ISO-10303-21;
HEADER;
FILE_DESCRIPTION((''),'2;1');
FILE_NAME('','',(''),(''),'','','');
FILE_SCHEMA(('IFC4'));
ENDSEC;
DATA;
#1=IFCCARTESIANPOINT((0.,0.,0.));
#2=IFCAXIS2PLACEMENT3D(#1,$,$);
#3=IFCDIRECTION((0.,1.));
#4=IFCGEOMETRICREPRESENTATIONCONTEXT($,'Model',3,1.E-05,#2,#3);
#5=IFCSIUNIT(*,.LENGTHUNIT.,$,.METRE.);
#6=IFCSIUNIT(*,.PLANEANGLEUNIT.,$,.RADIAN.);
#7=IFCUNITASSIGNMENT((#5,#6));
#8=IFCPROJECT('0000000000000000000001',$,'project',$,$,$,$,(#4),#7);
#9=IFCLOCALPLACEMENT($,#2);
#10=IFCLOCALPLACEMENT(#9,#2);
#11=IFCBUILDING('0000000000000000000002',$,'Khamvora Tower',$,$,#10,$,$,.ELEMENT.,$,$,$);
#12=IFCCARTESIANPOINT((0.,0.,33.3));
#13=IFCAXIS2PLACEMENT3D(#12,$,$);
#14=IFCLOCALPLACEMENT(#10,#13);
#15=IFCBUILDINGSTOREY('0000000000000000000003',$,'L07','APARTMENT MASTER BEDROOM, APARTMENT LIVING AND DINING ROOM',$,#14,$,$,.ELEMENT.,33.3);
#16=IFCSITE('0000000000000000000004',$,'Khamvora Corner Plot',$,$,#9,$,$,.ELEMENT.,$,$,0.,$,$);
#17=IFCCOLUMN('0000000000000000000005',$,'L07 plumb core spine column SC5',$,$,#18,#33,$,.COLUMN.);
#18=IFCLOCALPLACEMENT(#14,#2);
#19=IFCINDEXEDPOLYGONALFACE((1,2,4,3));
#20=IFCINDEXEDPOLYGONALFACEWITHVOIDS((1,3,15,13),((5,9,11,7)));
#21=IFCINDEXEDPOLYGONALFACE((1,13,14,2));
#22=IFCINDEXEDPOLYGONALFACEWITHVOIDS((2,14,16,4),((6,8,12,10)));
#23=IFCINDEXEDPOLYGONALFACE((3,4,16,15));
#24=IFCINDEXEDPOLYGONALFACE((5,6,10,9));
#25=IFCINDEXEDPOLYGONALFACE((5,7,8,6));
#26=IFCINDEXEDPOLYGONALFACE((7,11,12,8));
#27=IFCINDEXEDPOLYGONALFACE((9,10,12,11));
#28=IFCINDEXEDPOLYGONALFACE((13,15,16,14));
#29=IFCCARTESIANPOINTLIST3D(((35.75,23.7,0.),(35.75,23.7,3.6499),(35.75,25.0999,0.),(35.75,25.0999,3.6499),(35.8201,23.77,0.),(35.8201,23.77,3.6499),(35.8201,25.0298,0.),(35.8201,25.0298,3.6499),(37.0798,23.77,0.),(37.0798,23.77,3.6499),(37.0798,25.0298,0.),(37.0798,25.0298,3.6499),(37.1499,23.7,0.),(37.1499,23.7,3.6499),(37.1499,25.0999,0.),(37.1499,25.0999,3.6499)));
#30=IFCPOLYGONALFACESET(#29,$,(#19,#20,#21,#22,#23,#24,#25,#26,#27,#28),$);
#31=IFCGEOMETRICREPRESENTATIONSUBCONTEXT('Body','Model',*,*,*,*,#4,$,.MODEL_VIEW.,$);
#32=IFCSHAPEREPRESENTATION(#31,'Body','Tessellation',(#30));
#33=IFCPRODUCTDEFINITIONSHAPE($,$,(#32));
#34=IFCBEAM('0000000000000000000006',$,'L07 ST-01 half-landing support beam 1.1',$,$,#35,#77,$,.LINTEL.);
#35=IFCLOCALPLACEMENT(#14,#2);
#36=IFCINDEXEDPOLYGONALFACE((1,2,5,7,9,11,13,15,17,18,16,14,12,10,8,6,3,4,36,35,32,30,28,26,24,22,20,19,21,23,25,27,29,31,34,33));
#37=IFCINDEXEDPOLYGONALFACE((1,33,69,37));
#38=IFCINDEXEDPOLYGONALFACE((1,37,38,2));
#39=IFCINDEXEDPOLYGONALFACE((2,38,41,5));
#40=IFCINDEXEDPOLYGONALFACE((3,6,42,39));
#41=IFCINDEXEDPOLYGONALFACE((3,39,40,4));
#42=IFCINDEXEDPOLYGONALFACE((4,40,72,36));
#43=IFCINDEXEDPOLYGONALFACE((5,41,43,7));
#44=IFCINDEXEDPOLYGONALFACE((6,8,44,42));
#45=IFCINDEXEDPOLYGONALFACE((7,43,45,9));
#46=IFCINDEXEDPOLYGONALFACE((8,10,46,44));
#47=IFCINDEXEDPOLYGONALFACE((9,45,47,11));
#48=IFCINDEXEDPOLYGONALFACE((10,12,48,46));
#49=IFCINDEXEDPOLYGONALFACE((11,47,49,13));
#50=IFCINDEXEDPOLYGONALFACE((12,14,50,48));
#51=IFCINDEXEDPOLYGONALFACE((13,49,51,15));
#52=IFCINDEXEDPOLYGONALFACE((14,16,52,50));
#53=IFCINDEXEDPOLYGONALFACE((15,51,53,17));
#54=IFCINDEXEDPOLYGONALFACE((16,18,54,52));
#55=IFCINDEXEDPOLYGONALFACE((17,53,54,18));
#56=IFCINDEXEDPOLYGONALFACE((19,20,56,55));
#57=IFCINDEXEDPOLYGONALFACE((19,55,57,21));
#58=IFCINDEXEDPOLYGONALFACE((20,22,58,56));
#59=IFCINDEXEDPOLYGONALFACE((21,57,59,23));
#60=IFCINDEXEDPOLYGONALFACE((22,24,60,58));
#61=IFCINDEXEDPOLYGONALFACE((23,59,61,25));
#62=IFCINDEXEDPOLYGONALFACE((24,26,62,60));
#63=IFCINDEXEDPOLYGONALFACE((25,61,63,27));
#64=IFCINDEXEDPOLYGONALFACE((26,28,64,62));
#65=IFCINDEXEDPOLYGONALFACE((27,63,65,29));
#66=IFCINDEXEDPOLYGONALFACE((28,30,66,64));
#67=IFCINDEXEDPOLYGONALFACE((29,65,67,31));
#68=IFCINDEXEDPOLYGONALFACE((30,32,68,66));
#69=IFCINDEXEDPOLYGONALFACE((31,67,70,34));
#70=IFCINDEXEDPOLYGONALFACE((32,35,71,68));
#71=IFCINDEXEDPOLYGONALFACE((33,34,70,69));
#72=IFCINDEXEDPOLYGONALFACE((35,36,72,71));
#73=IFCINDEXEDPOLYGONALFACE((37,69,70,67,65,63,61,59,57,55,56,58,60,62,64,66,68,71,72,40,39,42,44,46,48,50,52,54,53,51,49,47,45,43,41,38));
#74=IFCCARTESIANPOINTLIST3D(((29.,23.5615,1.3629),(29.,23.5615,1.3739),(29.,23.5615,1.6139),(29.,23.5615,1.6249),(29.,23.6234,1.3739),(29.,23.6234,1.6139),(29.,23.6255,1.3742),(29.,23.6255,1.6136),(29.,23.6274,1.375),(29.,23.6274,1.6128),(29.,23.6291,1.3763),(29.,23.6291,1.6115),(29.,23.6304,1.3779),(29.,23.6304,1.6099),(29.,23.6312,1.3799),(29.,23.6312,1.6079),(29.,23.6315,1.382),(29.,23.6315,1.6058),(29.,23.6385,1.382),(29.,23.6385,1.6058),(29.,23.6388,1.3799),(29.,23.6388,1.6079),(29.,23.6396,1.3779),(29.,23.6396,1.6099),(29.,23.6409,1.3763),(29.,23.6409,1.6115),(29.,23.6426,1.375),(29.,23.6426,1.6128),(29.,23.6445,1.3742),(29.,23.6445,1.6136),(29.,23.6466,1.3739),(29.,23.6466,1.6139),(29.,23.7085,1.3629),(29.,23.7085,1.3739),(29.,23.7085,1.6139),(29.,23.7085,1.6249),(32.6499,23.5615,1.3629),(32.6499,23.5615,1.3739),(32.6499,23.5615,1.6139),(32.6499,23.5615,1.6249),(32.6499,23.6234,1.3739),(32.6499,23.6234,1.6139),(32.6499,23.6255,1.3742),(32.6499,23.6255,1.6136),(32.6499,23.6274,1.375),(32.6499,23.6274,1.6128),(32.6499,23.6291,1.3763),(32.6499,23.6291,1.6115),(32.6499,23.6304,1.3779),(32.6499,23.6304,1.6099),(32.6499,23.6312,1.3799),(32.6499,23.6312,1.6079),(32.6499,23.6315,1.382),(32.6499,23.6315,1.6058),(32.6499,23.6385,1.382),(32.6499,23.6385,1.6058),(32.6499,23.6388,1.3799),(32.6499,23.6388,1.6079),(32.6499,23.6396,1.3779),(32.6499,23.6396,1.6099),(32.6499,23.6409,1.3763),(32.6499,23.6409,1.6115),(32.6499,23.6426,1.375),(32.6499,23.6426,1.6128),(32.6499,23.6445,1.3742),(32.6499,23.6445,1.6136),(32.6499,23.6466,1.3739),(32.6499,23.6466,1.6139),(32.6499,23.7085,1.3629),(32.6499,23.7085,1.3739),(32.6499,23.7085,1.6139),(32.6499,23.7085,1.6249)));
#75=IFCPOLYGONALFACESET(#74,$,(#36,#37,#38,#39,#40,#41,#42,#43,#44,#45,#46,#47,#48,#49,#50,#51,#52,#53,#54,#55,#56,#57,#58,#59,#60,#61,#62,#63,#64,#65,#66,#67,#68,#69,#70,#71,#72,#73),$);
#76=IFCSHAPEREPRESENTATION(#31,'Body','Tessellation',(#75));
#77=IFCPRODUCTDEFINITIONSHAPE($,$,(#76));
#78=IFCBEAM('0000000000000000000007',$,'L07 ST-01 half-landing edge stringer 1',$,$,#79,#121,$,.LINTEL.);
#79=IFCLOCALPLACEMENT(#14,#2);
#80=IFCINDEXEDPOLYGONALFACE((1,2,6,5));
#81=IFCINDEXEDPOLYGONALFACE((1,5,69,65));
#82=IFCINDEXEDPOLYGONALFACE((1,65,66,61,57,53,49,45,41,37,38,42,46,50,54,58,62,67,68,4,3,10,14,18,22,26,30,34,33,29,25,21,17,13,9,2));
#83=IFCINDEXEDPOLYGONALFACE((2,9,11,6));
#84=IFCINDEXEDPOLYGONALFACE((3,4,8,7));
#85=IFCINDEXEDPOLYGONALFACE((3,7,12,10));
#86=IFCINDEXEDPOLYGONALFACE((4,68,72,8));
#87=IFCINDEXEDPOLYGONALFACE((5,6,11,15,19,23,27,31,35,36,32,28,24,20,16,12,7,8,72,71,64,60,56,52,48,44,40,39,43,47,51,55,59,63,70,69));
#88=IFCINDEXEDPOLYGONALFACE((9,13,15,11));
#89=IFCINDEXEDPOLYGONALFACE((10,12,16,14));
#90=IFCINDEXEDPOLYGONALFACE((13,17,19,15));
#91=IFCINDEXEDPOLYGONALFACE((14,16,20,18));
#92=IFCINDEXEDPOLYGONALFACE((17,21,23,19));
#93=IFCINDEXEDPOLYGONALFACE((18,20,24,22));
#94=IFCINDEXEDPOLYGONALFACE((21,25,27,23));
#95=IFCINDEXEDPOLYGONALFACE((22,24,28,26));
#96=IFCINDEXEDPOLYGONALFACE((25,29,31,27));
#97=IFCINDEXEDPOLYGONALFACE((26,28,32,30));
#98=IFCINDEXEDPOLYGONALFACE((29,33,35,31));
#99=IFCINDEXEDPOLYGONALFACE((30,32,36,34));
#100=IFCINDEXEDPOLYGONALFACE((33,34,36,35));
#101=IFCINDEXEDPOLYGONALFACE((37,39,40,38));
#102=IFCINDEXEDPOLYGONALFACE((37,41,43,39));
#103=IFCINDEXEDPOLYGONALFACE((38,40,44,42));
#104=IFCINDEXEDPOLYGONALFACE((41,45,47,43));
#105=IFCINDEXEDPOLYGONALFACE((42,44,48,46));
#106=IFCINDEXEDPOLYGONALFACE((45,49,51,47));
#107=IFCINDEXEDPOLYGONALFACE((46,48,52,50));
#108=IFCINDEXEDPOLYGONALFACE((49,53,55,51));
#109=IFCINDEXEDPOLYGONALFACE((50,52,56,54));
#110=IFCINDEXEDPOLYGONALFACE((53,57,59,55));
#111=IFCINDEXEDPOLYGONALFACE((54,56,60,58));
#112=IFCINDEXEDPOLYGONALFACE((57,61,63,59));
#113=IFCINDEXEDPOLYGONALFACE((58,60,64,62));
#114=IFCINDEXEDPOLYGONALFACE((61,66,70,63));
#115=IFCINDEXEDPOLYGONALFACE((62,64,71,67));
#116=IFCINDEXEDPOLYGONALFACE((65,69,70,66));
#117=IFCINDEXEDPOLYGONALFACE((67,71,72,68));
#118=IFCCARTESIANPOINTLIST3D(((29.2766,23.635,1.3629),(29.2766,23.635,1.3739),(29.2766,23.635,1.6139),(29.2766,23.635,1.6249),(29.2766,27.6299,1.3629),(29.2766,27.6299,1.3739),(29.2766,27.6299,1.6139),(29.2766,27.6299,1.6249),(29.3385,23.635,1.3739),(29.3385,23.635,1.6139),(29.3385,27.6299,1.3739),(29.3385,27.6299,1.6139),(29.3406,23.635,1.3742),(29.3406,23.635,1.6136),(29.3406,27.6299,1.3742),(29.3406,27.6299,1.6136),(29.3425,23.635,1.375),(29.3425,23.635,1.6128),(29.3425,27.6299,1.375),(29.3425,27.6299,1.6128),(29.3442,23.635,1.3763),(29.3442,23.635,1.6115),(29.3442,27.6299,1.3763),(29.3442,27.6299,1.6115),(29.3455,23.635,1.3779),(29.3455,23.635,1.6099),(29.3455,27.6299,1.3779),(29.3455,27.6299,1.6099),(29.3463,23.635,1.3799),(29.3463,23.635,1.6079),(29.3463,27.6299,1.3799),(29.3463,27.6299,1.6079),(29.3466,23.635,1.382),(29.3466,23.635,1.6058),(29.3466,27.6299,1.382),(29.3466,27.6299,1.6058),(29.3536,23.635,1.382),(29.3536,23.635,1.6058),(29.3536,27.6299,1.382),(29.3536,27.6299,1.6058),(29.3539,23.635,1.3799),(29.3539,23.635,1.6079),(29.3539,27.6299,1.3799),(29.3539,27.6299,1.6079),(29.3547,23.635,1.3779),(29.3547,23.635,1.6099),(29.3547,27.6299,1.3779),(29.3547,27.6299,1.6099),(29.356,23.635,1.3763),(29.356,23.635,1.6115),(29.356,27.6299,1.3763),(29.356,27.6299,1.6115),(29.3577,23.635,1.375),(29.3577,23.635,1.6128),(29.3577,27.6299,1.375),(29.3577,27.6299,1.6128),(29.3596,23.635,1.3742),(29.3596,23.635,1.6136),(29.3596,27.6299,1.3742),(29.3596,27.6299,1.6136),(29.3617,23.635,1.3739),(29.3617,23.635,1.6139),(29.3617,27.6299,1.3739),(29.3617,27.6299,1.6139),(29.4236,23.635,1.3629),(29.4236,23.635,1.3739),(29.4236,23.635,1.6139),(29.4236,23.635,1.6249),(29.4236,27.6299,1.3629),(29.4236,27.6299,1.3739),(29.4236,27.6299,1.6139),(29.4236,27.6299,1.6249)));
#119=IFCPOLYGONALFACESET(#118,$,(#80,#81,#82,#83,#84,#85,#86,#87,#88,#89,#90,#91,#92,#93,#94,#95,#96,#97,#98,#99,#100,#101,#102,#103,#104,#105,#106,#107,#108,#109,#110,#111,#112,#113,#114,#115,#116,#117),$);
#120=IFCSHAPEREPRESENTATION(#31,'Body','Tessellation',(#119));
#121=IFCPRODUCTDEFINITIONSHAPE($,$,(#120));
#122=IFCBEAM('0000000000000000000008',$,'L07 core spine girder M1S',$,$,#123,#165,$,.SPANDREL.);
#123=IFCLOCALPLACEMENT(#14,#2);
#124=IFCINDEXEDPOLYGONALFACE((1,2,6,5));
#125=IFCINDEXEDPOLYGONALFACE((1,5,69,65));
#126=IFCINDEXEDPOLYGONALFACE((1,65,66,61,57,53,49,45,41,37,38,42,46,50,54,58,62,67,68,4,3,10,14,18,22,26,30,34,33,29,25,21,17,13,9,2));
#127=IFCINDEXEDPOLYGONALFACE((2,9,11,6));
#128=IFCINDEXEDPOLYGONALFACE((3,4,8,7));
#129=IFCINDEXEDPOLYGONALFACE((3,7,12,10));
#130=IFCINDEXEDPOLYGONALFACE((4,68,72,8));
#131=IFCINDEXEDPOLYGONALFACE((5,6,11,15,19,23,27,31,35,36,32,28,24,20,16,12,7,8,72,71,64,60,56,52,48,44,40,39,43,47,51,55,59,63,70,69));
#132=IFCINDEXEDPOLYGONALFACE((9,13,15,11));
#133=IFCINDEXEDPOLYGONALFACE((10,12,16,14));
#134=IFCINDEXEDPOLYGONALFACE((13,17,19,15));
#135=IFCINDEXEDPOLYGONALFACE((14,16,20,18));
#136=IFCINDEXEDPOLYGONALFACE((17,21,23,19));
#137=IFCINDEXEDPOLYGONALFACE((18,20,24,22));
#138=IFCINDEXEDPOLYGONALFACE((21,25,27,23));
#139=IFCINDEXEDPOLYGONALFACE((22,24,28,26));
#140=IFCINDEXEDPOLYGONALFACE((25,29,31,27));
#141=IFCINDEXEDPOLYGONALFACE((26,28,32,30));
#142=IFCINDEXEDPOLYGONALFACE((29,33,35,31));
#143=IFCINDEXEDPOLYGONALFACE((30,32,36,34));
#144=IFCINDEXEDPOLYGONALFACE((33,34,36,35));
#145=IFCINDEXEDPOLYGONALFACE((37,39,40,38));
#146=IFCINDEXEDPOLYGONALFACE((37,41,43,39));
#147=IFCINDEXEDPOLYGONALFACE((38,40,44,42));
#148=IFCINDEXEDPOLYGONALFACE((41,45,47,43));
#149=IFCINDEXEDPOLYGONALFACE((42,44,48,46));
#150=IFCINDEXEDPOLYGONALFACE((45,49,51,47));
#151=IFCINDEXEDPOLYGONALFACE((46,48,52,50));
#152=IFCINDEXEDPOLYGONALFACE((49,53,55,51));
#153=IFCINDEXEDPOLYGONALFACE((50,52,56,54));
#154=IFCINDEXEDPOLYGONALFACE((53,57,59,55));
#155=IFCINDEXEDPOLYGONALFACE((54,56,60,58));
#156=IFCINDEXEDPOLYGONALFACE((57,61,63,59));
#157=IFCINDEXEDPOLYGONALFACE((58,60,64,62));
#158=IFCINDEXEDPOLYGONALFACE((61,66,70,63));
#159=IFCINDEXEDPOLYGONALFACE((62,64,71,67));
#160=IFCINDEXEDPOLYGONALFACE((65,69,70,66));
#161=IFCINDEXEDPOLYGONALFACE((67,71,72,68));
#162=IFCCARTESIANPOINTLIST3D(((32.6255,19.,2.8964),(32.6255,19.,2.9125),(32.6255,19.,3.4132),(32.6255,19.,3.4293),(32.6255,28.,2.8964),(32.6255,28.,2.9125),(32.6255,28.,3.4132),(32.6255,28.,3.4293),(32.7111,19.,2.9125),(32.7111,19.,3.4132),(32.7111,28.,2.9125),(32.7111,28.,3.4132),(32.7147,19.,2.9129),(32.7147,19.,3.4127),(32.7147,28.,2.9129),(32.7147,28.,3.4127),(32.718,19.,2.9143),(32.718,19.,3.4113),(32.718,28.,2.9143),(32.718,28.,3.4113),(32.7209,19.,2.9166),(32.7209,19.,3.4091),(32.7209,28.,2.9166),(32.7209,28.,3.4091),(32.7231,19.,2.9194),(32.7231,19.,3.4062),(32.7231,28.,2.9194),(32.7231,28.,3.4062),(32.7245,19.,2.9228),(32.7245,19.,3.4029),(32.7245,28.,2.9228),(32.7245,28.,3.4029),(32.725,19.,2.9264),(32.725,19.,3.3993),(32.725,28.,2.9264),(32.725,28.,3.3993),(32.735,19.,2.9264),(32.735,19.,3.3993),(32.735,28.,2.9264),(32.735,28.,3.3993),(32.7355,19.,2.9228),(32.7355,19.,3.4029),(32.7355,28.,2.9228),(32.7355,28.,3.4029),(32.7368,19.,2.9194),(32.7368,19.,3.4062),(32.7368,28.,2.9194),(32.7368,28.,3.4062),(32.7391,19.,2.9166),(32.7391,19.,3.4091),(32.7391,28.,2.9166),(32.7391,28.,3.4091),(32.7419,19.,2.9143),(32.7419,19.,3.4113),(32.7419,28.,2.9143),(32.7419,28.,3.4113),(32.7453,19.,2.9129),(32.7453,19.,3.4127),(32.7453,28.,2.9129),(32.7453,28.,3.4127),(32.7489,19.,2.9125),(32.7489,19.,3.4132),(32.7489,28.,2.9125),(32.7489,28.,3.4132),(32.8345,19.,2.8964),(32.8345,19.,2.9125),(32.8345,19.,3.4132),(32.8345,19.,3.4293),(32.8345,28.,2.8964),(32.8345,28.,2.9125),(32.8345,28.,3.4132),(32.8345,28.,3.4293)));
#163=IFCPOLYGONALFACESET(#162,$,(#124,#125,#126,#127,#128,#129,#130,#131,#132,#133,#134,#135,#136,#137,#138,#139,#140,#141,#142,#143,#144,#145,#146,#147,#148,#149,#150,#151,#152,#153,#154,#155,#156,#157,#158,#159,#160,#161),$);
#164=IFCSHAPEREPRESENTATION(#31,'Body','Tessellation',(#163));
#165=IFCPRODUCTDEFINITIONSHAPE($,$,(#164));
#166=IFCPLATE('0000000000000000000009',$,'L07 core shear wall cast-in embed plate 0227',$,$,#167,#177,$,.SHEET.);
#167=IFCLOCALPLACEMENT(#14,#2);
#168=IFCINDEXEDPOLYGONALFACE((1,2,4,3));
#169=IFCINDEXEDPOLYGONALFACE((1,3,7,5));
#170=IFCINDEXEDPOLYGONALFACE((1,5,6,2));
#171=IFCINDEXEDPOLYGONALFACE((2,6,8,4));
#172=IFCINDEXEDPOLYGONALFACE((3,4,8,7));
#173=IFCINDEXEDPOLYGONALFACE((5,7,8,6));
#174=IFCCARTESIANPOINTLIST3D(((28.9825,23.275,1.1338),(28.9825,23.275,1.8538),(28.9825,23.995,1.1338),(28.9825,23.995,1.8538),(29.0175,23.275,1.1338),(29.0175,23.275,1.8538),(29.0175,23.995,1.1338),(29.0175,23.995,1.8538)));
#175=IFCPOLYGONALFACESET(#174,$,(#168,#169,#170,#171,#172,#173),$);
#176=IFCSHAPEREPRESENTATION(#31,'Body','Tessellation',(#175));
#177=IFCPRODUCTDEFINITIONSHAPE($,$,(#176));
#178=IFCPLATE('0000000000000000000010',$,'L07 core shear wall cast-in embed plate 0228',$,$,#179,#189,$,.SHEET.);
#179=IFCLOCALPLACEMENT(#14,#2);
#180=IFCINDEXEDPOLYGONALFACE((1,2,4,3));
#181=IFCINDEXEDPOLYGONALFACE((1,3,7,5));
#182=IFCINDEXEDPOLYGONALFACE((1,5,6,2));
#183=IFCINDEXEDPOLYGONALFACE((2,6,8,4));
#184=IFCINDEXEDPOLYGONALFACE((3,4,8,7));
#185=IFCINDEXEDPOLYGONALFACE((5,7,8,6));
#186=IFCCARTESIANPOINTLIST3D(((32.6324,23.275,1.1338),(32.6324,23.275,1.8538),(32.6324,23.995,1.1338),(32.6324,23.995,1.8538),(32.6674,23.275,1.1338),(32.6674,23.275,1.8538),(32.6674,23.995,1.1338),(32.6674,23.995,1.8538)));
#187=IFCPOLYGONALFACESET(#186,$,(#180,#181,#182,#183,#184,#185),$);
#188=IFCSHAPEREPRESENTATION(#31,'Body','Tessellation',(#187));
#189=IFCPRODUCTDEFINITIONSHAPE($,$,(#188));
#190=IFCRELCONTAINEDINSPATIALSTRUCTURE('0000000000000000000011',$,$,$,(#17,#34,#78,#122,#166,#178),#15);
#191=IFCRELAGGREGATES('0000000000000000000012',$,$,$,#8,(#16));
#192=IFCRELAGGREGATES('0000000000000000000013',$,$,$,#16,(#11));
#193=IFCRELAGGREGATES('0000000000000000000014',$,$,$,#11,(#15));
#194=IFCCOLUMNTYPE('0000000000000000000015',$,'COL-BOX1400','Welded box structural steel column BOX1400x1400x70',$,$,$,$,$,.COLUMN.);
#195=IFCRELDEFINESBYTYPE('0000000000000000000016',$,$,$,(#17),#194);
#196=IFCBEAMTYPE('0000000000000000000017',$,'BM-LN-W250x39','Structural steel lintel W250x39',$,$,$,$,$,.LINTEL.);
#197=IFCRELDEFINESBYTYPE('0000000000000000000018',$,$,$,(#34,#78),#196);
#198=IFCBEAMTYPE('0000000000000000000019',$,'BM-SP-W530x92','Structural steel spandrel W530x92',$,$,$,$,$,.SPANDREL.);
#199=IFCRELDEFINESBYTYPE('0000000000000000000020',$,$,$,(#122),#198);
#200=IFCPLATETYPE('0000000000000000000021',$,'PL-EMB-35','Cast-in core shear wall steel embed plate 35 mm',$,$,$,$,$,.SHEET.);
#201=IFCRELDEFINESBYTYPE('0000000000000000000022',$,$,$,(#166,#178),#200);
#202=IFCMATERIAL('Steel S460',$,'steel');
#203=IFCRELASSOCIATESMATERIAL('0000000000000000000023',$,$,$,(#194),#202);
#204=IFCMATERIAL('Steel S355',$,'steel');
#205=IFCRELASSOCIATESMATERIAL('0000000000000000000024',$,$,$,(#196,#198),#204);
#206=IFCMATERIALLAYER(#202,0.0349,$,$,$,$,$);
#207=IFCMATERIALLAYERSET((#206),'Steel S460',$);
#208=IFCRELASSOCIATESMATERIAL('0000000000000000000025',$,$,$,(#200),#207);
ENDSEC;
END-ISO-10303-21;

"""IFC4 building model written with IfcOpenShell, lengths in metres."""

from ifc_helpers import new_model, si_unit, direction, frame, origin, origin_2d, place, context, subcontext, project, spatial, rectangle, hollow_rectangle, i_section, extrude, material, layer, layer_set, material_profile, profile_set, type_object, element, save


model = new_model("IFC4")

# Units and contexts
model_context = context("Model", 3, precision=1e-05, world=origin(), true_north=direction((0.0, 1.0)))
body_context = subcontext(model_context, "Body", "Model", "MODEL_VIEW")
ifc_project = project(units=[si_unit("LENGTHUNIT", "METRE"), si_unit("PLANEANGLEUNIT", "RADIAN")], contexts=[model_context])

# Site, building, storey
site_placement = place(None, origin())
site = spatial("IfcSite", under=ifc_project, at=site_placement, Name="Khamvora Corner Plot", CompositionType="ELEMENT", RefElevation=0.0)
building_placement = place(site_placement, origin())
building = spatial("IfcBuilding", under=site, at=building_placement, Name="Khamvora Tower", CompositionType="ELEMENT")
storey_placement = place(building_placement, frame((0.0, 0.0, 33.3)))
storey = spatial("IfcBuildingStorey", under=building, at=storey_placement, Name="L07", Description="APARTMENT MASTER BEDROOM, APARTMENT LIVING AND DINING ROOM", CompositionType="ELEMENT", Elevation=33.3)

# Column
ifc_material_1 = material(Name="Steel S460", Category="steel")
ifc_material_profile_1 = material_profile(ifc_material_1, hollow_rectangle(XDim=1.3999, YDim=1.3999, WallThickness=0.0701, at=origin_2d()), Name="BOX1400x1400x70")
ifc_profile_set_1 = profile_set([ifc_material_profile_1], Name="Steel S460")
column_type = type_object("IfcColumnType", Name="COL-BOX1400", Description="Welded box structural steel column BOX1400x1400x70", PredefinedType="COLUMN", material=ifc_profile_set_1)
column_placement = place(storey_placement, frame((36.45, 24.3999, 0.0), z_axis=(0.0, 0.0, 1.0), x_axis=(1.0, 0.0, 0.0)))
element("IfcColumn", 1, at=column_placement, inside=storey, type_object=column_type, Name="L07 plumb core spine column SC5", PredefinedType="COLUMN", context=body_context, shape_type="SweptSolid", body=[
    extrude(hollow_rectangle(XDim=1.3999, YDim=1.3999, WallThickness=0.0701, at=origin_2d()), origin(), (0.0, 0.0, 1.0), 3.6499),
])

# Beams
ifc_material_2 = material(Name="Steel S355", Category="steel")
ifc_material_profile_2 = material_profile(ifc_material_2, i_section(OverallWidth=0.147, OverallDepth=0.262, WebThickness=0.0071, FlangeThickness=0.011, FilletRadius=0.0081, at=origin_2d()), Name="W250x39")
ifc_profile_set_2 = profile_set([ifc_material_profile_2], Name="Steel S355")
beam_type_1 = type_object("IfcBeamType", Name="BM-LN-W250x39", Description="Structural steel lintel W250x39", PredefinedType="LINTEL", material=ifc_profile_set_2)
beam_1_placement = place(storey_placement, frame((29.0, 23.635, 1.4939), z_axis=(1.0, 0.0, 0.0), x_axis=(0.0, 1.0, 0.0)))
element("IfcBeam", 2, at=beam_1_placement, inside=storey, type_object=beam_type_1, Name="L07 ST-01 half-landing support beam 1.1", PredefinedType="LINTEL", context=body_context, shape_type="SweptSolid", body=[
    extrude(i_section(OverallWidth=0.147, OverallDepth=0.262, WebThickness=0.0071, FlangeThickness=0.011, FilletRadius=0.0081, at=origin_2d()), origin(), (0.0, 0.0, 1.0), 3.6499),
])
beam_2_placement = place(storey_placement, frame((29.3501, 23.635, 1.4939), z_axis=(0.0, 1.0, 0.0), x_axis=(-1.0, 0.0, 0.0)))
element("IfcBeam", 3, at=beam_2_placement, inside=storey, type_object=beam_type_1, Name="L07 ST-01 half-landing edge stringer 1", PredefinedType="LINTEL", context=body_context, shape_type="SweptSolid", body=[
    extrude(i_section(OverallWidth=0.147, OverallDepth=0.262, WebThickness=0.0071, FlangeThickness=0.011, FilletRadius=0.0081, at=origin_2d()), origin(), (0.0, 0.0, 1.0), 3.9949),
])
ifc_material_profile_3 = material_profile(ifc_material_2, i_section(OverallWidth=0.209, OverallDepth=0.533, WebThickness=0.01, FlangeThickness=0.0161, FilletRadius=0.0139, at=origin_2d()), Name="W530x92")
ifc_profile_set_3 = profile_set([ifc_material_profile_3], Name="Steel S355")
beam_type_2 = type_object("IfcBeamType", Name="BM-SP-W530x92", Description="Structural steel spandrel W530x92", PredefinedType="SPANDREL", material=ifc_profile_set_3)
beam_3_placement = place(storey_placement, frame((32.73, 19.0, 3.1628), z_axis=(0.0, 1.0, 0.0), x_axis=(-1.0, 0.0, 0.0)))
element("IfcBeam", 4, at=beam_3_placement, inside=storey, type_object=beam_type_2, Name="L07 core spine girder M1S", PredefinedType="SPANDREL", context=body_context, shape_type="SweptSolid", body=[
    extrude(i_section(OverallWidth=0.209, OverallDepth=0.533, WebThickness=0.01, FlangeThickness=0.0161, FilletRadius=0.0139, at=origin_2d()), origin(), (0.0, 0.0, 1.0), 9.0),
])

# Plates
ifc_layer_1 = layer(ifc_material_1, 0.0349)
ifc_layer_set_1 = layer_set([ifc_layer_1], Name="Steel S460")
plate_type = type_object("IfcPlateType", Name="PL-EMB-35", Description="Cast-in core shear wall steel embed plate 35 mm", PredefinedType="SHEET", material=ifc_layer_set_1)
for number, where, z_axis, x_axis, name in (
    (5, (29.0, 23.635, 1.1338), (0.0, 0.0, 1.0), (1.0, 0.0, 0.0), "L07 core shear wall cast-in embed plate 0227"),
    (6, (32.6499, 23.635, 1.1338), (0.0, 0.0, 1.0), (1.0, 0.0, 0.0), "L07 core shear wall cast-in embed plate 0228"),
):
    element("IfcPlate", number, at=place(storey_placement, frame(where, z_axis=z_axis, x_axis=x_axis)), inside=storey, type_object=plate_type, Name=name, PredefinedType="SHEET", context=body_context, shape_type="SweptSolid", body=[
        extrude(rectangle(XDim=0.0349, YDim=0.72, at=origin_2d()), origin(), (0.0, 0.0, 1.0), 0.72),
    ])

save(model, "model.ifc")
